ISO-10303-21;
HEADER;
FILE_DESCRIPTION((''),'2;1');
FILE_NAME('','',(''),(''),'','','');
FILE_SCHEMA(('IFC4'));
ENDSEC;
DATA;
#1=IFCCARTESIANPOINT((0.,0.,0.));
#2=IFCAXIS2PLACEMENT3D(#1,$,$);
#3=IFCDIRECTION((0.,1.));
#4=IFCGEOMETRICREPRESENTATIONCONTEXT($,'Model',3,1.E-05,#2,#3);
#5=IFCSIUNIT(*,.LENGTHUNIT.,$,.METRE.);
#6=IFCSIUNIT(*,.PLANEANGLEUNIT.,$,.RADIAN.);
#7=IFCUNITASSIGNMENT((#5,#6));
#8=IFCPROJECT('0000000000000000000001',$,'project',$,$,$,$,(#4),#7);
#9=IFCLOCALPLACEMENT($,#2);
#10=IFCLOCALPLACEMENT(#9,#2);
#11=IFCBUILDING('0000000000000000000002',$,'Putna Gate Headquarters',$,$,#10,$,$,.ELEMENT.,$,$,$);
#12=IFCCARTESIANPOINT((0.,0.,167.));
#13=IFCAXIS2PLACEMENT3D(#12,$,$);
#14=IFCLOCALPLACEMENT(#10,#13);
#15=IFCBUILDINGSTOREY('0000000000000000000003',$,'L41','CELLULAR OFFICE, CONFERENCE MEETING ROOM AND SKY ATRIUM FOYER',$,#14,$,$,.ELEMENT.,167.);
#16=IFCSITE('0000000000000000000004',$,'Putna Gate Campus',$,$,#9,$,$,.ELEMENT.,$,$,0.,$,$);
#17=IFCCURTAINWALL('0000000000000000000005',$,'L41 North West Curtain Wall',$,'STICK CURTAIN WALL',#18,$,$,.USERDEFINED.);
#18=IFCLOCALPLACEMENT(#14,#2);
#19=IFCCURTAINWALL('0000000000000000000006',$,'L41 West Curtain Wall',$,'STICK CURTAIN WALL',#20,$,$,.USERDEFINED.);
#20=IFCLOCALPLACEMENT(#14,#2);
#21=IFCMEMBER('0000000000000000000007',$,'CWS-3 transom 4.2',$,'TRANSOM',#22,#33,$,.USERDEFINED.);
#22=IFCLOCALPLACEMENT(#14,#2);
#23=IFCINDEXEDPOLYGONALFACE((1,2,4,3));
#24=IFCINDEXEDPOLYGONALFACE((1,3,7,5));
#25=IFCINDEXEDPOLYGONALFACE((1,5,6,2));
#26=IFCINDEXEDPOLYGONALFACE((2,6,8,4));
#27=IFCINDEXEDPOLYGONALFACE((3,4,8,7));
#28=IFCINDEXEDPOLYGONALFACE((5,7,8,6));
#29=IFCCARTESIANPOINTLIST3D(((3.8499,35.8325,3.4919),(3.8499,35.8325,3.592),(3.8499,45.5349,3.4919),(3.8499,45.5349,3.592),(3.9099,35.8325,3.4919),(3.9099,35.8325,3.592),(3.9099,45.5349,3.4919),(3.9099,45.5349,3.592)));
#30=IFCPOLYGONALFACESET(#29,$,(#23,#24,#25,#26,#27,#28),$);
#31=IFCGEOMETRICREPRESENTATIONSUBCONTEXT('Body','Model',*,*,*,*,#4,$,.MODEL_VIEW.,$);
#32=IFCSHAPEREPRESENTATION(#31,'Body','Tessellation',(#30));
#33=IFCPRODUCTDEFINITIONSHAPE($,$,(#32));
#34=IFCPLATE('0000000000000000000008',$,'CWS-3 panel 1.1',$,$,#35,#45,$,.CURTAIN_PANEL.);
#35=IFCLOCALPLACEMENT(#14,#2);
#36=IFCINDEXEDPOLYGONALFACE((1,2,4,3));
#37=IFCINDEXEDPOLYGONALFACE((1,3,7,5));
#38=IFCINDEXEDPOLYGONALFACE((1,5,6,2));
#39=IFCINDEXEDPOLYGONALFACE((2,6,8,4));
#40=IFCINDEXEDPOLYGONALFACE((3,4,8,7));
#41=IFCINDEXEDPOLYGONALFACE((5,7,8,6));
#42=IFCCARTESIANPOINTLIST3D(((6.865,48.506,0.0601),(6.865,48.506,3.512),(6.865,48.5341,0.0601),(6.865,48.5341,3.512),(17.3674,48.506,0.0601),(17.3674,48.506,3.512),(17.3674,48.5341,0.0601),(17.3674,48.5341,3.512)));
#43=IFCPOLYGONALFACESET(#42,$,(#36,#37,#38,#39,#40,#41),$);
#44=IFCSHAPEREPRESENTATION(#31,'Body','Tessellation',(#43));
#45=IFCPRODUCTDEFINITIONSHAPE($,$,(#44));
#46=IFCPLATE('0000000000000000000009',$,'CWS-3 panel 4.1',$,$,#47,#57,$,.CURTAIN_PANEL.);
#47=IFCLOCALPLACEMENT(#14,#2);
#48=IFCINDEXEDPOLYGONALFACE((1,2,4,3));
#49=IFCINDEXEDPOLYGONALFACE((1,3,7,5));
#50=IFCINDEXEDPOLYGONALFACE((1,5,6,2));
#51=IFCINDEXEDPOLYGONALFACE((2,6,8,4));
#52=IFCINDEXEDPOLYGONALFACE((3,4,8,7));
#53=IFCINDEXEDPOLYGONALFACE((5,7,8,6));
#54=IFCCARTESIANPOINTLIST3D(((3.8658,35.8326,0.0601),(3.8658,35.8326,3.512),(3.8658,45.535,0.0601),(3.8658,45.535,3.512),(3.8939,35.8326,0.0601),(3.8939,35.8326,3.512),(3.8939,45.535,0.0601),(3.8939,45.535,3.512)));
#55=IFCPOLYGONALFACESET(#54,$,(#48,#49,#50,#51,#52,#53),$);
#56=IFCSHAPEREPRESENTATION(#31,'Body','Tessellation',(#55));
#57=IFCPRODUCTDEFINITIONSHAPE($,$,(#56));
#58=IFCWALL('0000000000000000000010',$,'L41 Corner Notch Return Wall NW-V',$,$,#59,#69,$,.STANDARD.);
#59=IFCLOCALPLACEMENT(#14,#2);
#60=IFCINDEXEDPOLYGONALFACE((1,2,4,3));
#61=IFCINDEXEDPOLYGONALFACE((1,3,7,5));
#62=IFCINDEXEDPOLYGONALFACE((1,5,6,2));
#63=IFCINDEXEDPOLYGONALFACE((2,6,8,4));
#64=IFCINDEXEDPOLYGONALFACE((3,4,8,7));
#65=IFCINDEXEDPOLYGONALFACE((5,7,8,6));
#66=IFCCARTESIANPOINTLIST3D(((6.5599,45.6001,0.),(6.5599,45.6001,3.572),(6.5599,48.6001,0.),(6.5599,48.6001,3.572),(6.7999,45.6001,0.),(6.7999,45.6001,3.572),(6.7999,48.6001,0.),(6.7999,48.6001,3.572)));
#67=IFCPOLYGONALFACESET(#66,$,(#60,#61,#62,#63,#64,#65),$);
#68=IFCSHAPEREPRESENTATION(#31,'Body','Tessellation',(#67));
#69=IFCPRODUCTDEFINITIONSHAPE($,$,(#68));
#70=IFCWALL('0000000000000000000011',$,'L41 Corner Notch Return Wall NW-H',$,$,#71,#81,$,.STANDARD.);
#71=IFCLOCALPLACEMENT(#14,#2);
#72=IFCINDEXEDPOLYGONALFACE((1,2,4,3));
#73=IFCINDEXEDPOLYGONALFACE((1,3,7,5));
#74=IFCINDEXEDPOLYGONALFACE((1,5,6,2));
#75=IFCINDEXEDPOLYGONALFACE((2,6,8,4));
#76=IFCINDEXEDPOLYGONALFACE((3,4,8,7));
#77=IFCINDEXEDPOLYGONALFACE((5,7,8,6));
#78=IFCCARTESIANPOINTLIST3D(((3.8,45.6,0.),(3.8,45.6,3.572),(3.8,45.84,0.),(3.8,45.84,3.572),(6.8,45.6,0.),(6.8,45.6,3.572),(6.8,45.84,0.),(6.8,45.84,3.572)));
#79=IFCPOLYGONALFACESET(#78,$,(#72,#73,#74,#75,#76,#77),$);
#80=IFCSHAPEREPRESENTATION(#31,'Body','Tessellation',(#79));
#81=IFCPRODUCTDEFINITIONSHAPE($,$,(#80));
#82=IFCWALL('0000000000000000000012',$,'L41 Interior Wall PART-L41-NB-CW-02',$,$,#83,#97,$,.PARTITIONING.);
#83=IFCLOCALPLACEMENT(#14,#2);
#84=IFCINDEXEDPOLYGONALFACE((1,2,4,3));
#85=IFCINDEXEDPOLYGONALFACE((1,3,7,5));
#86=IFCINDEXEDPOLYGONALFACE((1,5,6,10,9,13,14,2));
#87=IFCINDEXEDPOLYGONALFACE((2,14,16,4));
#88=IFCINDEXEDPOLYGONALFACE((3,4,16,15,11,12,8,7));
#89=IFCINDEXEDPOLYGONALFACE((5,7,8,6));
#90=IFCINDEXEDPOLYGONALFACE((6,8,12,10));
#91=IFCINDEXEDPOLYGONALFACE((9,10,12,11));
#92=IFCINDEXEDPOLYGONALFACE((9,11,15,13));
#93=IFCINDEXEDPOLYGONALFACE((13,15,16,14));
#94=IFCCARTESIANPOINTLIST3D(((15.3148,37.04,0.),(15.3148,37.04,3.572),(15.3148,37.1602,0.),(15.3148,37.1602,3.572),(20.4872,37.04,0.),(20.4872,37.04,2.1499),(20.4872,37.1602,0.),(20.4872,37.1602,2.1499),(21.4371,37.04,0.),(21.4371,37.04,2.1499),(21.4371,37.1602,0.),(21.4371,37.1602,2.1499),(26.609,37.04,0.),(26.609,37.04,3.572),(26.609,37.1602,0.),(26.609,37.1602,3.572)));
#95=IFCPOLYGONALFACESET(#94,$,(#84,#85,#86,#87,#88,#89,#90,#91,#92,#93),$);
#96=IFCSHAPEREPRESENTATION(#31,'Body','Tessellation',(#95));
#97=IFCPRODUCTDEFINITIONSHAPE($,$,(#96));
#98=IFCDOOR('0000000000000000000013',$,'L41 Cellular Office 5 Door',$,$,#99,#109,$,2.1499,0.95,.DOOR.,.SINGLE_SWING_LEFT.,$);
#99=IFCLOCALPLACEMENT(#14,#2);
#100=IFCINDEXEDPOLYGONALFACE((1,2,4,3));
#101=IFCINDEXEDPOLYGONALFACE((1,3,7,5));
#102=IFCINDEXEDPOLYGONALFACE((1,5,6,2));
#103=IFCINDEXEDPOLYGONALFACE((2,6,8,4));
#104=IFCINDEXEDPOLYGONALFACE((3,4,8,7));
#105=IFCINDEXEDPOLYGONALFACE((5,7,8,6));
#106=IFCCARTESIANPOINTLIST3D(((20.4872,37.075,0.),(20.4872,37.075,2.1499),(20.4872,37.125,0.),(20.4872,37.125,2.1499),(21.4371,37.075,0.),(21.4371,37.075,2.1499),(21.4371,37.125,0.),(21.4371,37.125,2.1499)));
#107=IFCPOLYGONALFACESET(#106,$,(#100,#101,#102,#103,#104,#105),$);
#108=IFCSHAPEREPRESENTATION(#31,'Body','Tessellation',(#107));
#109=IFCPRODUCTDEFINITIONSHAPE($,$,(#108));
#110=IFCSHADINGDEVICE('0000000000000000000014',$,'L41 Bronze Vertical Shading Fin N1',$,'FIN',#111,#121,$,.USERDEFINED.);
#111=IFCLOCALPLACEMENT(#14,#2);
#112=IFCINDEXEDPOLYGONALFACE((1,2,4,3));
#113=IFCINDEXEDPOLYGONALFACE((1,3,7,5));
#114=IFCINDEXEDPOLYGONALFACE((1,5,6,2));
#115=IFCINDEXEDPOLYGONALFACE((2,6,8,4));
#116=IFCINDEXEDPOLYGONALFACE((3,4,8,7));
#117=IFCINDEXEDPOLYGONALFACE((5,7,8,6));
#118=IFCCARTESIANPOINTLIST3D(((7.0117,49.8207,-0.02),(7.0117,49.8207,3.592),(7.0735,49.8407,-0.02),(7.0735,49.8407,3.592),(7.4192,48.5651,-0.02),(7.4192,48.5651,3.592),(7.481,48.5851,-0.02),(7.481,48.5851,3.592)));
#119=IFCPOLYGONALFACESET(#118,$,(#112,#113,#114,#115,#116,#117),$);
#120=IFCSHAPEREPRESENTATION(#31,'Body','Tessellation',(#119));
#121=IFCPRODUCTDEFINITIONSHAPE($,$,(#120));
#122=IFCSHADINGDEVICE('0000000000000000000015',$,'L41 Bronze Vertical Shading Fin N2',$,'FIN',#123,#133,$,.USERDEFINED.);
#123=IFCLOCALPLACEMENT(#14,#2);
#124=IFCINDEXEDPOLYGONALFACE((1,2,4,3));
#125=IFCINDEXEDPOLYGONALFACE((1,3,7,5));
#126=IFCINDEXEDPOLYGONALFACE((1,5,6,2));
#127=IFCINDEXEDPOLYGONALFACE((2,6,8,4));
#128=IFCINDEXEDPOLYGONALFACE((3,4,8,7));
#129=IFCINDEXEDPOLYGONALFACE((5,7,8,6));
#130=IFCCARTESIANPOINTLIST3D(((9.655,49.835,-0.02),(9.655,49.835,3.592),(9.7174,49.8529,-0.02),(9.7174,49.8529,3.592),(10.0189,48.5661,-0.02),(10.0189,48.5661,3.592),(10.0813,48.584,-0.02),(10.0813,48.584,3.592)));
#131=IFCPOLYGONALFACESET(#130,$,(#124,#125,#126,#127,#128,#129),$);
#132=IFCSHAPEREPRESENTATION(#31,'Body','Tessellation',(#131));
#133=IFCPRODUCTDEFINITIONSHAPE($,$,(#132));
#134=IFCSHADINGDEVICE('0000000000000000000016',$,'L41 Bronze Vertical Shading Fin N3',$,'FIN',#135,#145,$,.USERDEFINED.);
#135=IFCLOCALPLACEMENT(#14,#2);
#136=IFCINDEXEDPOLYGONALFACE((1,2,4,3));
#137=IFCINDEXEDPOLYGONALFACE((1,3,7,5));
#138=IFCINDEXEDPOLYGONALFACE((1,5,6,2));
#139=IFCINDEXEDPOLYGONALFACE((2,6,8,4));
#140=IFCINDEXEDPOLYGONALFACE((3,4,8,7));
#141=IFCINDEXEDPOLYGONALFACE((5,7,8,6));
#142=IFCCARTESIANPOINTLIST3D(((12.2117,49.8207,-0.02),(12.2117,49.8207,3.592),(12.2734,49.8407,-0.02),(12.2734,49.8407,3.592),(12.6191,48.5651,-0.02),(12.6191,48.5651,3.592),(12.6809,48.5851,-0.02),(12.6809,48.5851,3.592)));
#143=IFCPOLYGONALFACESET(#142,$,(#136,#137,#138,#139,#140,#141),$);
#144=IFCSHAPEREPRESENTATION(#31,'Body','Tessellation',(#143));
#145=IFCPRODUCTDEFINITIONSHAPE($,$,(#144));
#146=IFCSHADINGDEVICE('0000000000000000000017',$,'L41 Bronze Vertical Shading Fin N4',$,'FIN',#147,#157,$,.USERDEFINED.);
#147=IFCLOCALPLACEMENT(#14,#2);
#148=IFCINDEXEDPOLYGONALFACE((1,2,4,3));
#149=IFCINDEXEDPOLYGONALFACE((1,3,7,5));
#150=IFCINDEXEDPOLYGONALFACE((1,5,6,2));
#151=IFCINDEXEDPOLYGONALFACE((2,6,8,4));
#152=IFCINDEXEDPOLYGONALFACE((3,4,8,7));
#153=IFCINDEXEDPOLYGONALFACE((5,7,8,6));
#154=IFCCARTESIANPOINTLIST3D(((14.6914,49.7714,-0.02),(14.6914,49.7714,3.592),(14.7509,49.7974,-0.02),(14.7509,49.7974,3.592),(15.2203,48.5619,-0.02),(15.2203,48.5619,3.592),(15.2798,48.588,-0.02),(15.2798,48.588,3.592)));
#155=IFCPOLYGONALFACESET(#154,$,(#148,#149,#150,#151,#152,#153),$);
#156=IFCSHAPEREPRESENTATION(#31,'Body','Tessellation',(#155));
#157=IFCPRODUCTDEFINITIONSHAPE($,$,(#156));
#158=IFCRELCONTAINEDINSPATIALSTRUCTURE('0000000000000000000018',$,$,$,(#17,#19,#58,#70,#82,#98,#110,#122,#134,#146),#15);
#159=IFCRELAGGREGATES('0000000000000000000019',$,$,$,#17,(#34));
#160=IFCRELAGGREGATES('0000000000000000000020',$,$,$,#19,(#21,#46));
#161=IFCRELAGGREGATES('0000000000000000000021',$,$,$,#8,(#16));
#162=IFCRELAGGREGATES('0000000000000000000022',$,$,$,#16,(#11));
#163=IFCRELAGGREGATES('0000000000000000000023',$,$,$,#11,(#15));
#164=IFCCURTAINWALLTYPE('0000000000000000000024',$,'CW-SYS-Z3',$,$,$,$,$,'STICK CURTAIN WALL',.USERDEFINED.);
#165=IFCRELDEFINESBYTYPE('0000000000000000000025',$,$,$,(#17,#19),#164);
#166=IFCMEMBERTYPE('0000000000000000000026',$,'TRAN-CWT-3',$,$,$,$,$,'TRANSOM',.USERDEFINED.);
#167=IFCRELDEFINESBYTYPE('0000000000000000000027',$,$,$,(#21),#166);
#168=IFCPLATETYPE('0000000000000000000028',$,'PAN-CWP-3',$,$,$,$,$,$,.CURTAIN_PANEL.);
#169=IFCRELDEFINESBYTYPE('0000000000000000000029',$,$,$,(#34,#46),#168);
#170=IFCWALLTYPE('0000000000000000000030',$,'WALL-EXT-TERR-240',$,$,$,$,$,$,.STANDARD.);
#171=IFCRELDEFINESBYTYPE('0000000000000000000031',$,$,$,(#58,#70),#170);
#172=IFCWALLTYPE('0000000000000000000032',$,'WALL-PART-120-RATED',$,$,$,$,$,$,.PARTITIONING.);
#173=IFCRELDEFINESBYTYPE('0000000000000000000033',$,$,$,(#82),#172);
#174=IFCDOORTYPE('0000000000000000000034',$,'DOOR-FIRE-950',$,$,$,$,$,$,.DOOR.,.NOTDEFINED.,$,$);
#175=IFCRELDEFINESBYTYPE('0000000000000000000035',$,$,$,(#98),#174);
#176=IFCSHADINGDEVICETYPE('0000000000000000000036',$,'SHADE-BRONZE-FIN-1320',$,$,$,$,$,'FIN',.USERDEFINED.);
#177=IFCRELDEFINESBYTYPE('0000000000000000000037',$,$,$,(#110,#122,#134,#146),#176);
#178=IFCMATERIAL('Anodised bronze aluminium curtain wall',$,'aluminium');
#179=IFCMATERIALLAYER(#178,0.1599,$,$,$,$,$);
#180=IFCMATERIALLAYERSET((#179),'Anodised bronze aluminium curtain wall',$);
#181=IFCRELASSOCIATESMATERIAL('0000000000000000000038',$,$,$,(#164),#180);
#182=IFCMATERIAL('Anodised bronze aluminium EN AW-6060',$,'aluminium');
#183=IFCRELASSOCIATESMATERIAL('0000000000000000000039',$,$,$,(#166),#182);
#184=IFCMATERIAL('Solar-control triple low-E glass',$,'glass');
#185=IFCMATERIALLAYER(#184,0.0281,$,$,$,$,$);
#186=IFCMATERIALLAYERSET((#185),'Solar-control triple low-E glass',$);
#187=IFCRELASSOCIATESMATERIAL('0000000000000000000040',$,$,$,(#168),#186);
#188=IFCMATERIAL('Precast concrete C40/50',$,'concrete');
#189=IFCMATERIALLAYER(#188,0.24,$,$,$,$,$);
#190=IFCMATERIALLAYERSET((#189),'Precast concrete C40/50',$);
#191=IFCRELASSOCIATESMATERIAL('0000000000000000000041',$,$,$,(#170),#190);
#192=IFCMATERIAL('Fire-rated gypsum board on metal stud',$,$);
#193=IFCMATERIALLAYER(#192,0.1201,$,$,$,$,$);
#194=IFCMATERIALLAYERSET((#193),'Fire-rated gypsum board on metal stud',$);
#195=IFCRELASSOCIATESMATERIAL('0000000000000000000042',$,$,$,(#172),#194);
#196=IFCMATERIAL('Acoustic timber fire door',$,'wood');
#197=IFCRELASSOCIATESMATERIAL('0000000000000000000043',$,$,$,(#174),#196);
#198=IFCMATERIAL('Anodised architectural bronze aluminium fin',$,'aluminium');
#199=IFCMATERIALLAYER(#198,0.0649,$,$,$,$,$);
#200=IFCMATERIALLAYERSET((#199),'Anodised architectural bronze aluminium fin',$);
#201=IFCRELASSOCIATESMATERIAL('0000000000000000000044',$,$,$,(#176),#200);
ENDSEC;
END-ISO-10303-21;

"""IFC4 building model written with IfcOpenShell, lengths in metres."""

from ifc_helpers import new_model, si_unit, direction, frame, frame_2d, origin, origin_2d, place, context, subcontext, project, spatial, rectangle, extrude, material, layer, layer_set, material_profile, profile_set, type_object, element, fill, aggregate, save


model = new_model("IFC4")

# Units and contexts
model_context = context("Model", 3, precision=1e-05, world=origin(), true_north=direction((0.0, 1.0)))
body_context = subcontext(model_context, "Body", "Model", "MODEL_VIEW")
ifc_project = project(units=[si_unit("LENGTHUNIT", "METRE"), si_unit("PLANEANGLEUNIT", "RADIAN")], contexts=[model_context])

# Site, building, storey
site_placement = place(None, origin())
site = spatial("IfcSite", under=ifc_project, at=site_placement, Name="Putna Gate Campus", CompositionType="ELEMENT", RefElevation=0.0)
building_placement = place(site_placement, origin())
building = spatial("IfcBuilding", under=site, at=building_placement, Name="Putna Gate Headquarters", CompositionType="ELEMENT")
storey_placement = place(building_placement, frame((0.0, 0.0, 167.0)))
storey = spatial("IfcBuildingStorey", under=building, at=storey_placement, Name="L41", Description="CELLULAR OFFICE, CONFERENCE MEETING ROOM AND SKY ATRIUM FOYER", CompositionType="ELEMENT", Elevation=167.0)

# Curtain wall
ifc_material_1 = material(Name="Anodised bronze aluminium curtain wall", Category="aluminium")
ifc_layer_1 = layer(ifc_material_1, 0.1599)
ifc_layer_set_1 = layer_set([ifc_layer_1], Name="Anodised bronze aluminium curtain wall")
curtain_wall_type = type_object("IfcCurtainWallType", Name="CW-SYS-Z3", ElementType="STICK CURTAIN WALL", PredefinedType="USERDEFINED", material=ifc_layer_set_1)
curtain_wall_1_placement = place(storey_placement, origin())
curtain_wall_1 = element("IfcCurtainWall", 1, at=curtain_wall_1_placement, inside=storey, type_object=curtain_wall_type, Name="L41 North West Curtain Wall", ObjectType="STICK CURTAIN WALL", PredefinedType="USERDEFINED")
ifc_material_2 = material(Name="Anodised bronze aluminium EN AW-6060", Category="aluminium")

# Curtain wall
curtain_wall_2_placement = place(storey_placement, origin())
curtain_wall_2 = element("IfcCurtainWall", 2, at=curtain_wall_2_placement, inside=storey, type_object=curtain_wall_type, Name="L41 West Curtain Wall", ObjectType="STICK CURTAIN WALL", PredefinedType="USERDEFINED")

# Member
ifc_material_profile_1 = material_profile(ifc_material_2, rectangle(XDim=0.0601, YDim=0.1001, at=origin_2d()), Name="Anodised bronze aluminium EN AW-6060")
ifc_profile_set_1 = profile_set([ifc_material_profile_1], Name="Anodised bronze aluminium EN AW-6060")
member_type_1 = type_object("IfcMemberType", Name="TRAN-CWT-3", ElementType="TRANSOM", PredefinedType="USERDEFINED", material=ifc_profile_set_1)
member_1_placement = place(storey_placement, frame((3.8799, 35.8325, 3.542), z_axis=(0.0, 1.0, 0.0), x_axis=(-1.0, 0.0, 0.0)))
member_1 = element("IfcMember", 3, at=member_1_placement, type_object=member_type_1, Name="CWS-3 transom 4.2", ObjectType="TRANSOM", PredefinedType="USERDEFINED", context=body_context, shape_type="SweptSolid", body=[
    extrude(rectangle(XDim=0.0601, YDim=0.1001, at=origin_2d()), origin(), (0.0, 0.0, 1.0), 9.7024),
])

# Plates
ifc_material_3 = material(Name="Solar-control triple low-E glass", Category="glass")
ifc_layer_2 = layer(ifc_material_3, 0.0281)
ifc_layer_set_2 = layer_set([ifc_layer_2], Name="Solar-control triple low-E glass")
plate_type = type_object("IfcPlateType", Name="PAN-CWP-3", PredefinedType="CURTAIN_PANEL", material=ifc_layer_set_2)
plate_1_placement = place(storey_placement, frame((12.1162, 48.52, 0.0601), z_axis=(0.0, 0.0, 1.0), x_axis=(1.0, 0.0, 0.0)))
plate_1 = element("IfcPlate", 4, at=plate_1_placement, type_object=plate_type, Name="CWS-3 panel 1.1", PredefinedType="CURTAIN_PANEL", context=body_context, shape_type="SweptSolid", body=[
    extrude(rectangle(XDim=10.5024, YDim=0.0281, at=origin_2d()), origin(), (0.0, 0.0, 1.0), 3.4519),
])
aggregate(curtain_wall_1, [plate_1])
plate_2_placement = place(storey_placement, frame((3.8799, 40.6838, 0.0601), z_axis=(0.0, 0.0, 1.0), x_axis=(0.0, 1.0, 0.0)))
plate_2 = element("IfcPlate", 5, at=plate_2_placement, type_object=plate_type, Name="CWS-3 panel 4.1", PredefinedType="CURTAIN_PANEL", context=body_context, shape_type="SweptSolid", body=[
    extrude(rectangle(XDim=9.7024, YDim=0.0281, at=origin_2d()), origin(), (0.0, 0.0, 1.0), 3.4519),
])
aggregate(curtain_wall_2, [member_1, plate_2])

# Walls
ifc_material_4 = material(Name="Precast concrete C40/50", Category="concrete")
ifc_layer_3 = layer(ifc_material_4, 0.24)
ifc_layer_set_3 = layer_set([ifc_layer_3], Name="Precast concrete C40/50")
wall_type_1 = type_object("IfcWallType", Name="WALL-EXT-TERR-240", PredefinedType="STANDARD", material=ifc_layer_set_3)
for number, where, z_axis, x_axis, name in (
    (6, (6.6799, 45.6001, 0.0), (0.0, 0.0, 1.0), (0.0, 1.0, 0.0), "L41 Corner Notch Return Wall NW-V"),
    (7, (3.8, 45.72, 0.0), (0.0, 0.0, 1.0), (1.0, 0.0, 0.0), "L41 Corner Notch Return Wall NW-H"),
):
    element("IfcWall", number, at=place(storey_placement, frame(where, z_axis=z_axis, x_axis=x_axis)), inside=storey, type_object=wall_type_1, Name=name, PredefinedType="STANDARD", context=body_context, shape_type="SweptSolid", body=[
        extrude(rectangle(XDim=3.0, YDim=0.24, at=frame_2d((1.5, 0.0))), origin(), (0.0, 0.0, 1.0), 3.572),
    ])

# Wall, opening, door
ifc_material_5 = material(Name="Fire-rated gypsum board on metal stud")
ifc_layer_4 = layer(ifc_material_5, 0.1201)
ifc_layer_set_4 = layer_set([ifc_layer_4], Name="Fire-rated gypsum board on metal stud")
wall_type_2 = type_object("IfcWallType", Name="WALL-PART-120-RATED", PredefinedType="PARTITIONING", material=ifc_layer_set_4)
wall_placement = place(storey_placement, frame((15.3149, 37.1001, 0.0), z_axis=(0.0, 0.0, 1.0), x_axis=(1.0, 0.0, 0.0)))
wall = element("IfcWall", 8, at=wall_placement, inside=storey, type_object=wall_type_2, Name="L41 Interior Wall PART-L41-NB-CW-02", PredefinedType="PARTITIONING", context=body_context, shape_type="SweptSolid", body=[
    extrude(rectangle(XDim=11.2942, YDim=0.1201, at=frame_2d((5.647, 0.0))), origin(), (0.0, 0.0, 1.0), 3.572),
])
opening_placement = place(wall_placement, frame((5.1721, 0.0, 0.0)))
opening = element("IfcOpeningElement", 9, at=opening_placement, cuts=wall, PredefinedType="OPENING", context=body_context, shape_type="SweptSolid", body=[
    extrude(rectangle(XDim=0.95, YDim=2.1499, at=frame_2d((0.4751, 1.075))), frame((0.0, 0.0701, 0.0), z_axis=(0.0, -1.0, 0.0), x_axis=(1.0, 0.0, 0.0)), (0.0, 0.0, 1.0), 0.1401),
])
ifc_material_6 = material(Name="Acoustic timber fire door", Category="wood")
door_type = type_object("IfcDoorType", Name="DOOR-FIRE-950", OperationType="NOTDEFINED", PredefinedType="DOOR", material=ifc_material_6)
door_placement = place(opening_placement, origin())
door = element("IfcDoor", 10, at=door_placement, inside=storey, type_object=door_type, Name="L41 Cellular Office 5 Door", OperationType="SINGLE_SWING_LEFT", OverallHeight=2.1499, OverallWidth=0.95, PredefinedType="DOOR", context=body_context, shape_type="SweptSolid", body=[
    extrude(rectangle(XDim=0.95, YDim=2.1499, at=frame_2d((0.4751, 1.075))), frame((0.0, 0.0249, 0.0), z_axis=(0.0, -1.0, 0.0), x_axis=(1.0, 0.0, 0.0)), (0.0, 0.0, 1.0), 0.05),
])
fill(opening, door)

# Shading devices
ifc_material_7 = material(Name="Anodised architectural bronze aluminium fin", Category="aluminium")
ifc_layer_5 = layer(ifc_material_7, 0.0649)
ifc_layer_set_5 = layer_set([ifc_layer_5], Name="Anodised architectural bronze aluminium fin")
shading_device_type = type_object("IfcShadingDeviceType", Name="SHADE-BRONZE-FIN-1320", ElementType="FIN", PredefinedType="USERDEFINED", material=ifc_layer_set_5)
for number, where, z_axis, x_axis, name in (
    (11, (7.2463, 49.2029, -0.02), (0.0, 0.0, 1.0), (-0.308685, 0.951164, 0.0), "L41 Bronze Vertical Shading Fin N1"),
    (12, (9.8682, 49.2095, -0.02), (0.0, 0.0, 1.0), (-0.275637, 0.961262, 0.0), "L41 Bronze Vertical Shading Fin N2"),
    (13, (12.4463, 49.2029, -0.02), (0.0, 0.0, 1.0), (-0.308685, 0.951164, 0.0), "L41 Bronze Vertical Shading Fin N3"),
    (14, (14.9856, 49.1797, -0.02), (0.0, 0.0, 1.0), (-0.400669, 0.916223, 0.0), "L41 Bronze Vertical Shading Fin N4"),
):
    element("IfcShadingDevice", number, at=place(storey_placement, frame(where, z_axis=z_axis, x_axis=x_axis)), inside=storey, type_object=shading_device_type, Name=name, ObjectType="FIN", PredefinedType="USERDEFINED", context=body_context, shape_type="SweptSolid", body=[
        extrude(rectangle(XDim=1.3201, YDim=0.0649, at=origin_2d()), origin(), (0.0, 0.0, 1.0), 3.6121),
    ])

save(model, "model.ifc")
